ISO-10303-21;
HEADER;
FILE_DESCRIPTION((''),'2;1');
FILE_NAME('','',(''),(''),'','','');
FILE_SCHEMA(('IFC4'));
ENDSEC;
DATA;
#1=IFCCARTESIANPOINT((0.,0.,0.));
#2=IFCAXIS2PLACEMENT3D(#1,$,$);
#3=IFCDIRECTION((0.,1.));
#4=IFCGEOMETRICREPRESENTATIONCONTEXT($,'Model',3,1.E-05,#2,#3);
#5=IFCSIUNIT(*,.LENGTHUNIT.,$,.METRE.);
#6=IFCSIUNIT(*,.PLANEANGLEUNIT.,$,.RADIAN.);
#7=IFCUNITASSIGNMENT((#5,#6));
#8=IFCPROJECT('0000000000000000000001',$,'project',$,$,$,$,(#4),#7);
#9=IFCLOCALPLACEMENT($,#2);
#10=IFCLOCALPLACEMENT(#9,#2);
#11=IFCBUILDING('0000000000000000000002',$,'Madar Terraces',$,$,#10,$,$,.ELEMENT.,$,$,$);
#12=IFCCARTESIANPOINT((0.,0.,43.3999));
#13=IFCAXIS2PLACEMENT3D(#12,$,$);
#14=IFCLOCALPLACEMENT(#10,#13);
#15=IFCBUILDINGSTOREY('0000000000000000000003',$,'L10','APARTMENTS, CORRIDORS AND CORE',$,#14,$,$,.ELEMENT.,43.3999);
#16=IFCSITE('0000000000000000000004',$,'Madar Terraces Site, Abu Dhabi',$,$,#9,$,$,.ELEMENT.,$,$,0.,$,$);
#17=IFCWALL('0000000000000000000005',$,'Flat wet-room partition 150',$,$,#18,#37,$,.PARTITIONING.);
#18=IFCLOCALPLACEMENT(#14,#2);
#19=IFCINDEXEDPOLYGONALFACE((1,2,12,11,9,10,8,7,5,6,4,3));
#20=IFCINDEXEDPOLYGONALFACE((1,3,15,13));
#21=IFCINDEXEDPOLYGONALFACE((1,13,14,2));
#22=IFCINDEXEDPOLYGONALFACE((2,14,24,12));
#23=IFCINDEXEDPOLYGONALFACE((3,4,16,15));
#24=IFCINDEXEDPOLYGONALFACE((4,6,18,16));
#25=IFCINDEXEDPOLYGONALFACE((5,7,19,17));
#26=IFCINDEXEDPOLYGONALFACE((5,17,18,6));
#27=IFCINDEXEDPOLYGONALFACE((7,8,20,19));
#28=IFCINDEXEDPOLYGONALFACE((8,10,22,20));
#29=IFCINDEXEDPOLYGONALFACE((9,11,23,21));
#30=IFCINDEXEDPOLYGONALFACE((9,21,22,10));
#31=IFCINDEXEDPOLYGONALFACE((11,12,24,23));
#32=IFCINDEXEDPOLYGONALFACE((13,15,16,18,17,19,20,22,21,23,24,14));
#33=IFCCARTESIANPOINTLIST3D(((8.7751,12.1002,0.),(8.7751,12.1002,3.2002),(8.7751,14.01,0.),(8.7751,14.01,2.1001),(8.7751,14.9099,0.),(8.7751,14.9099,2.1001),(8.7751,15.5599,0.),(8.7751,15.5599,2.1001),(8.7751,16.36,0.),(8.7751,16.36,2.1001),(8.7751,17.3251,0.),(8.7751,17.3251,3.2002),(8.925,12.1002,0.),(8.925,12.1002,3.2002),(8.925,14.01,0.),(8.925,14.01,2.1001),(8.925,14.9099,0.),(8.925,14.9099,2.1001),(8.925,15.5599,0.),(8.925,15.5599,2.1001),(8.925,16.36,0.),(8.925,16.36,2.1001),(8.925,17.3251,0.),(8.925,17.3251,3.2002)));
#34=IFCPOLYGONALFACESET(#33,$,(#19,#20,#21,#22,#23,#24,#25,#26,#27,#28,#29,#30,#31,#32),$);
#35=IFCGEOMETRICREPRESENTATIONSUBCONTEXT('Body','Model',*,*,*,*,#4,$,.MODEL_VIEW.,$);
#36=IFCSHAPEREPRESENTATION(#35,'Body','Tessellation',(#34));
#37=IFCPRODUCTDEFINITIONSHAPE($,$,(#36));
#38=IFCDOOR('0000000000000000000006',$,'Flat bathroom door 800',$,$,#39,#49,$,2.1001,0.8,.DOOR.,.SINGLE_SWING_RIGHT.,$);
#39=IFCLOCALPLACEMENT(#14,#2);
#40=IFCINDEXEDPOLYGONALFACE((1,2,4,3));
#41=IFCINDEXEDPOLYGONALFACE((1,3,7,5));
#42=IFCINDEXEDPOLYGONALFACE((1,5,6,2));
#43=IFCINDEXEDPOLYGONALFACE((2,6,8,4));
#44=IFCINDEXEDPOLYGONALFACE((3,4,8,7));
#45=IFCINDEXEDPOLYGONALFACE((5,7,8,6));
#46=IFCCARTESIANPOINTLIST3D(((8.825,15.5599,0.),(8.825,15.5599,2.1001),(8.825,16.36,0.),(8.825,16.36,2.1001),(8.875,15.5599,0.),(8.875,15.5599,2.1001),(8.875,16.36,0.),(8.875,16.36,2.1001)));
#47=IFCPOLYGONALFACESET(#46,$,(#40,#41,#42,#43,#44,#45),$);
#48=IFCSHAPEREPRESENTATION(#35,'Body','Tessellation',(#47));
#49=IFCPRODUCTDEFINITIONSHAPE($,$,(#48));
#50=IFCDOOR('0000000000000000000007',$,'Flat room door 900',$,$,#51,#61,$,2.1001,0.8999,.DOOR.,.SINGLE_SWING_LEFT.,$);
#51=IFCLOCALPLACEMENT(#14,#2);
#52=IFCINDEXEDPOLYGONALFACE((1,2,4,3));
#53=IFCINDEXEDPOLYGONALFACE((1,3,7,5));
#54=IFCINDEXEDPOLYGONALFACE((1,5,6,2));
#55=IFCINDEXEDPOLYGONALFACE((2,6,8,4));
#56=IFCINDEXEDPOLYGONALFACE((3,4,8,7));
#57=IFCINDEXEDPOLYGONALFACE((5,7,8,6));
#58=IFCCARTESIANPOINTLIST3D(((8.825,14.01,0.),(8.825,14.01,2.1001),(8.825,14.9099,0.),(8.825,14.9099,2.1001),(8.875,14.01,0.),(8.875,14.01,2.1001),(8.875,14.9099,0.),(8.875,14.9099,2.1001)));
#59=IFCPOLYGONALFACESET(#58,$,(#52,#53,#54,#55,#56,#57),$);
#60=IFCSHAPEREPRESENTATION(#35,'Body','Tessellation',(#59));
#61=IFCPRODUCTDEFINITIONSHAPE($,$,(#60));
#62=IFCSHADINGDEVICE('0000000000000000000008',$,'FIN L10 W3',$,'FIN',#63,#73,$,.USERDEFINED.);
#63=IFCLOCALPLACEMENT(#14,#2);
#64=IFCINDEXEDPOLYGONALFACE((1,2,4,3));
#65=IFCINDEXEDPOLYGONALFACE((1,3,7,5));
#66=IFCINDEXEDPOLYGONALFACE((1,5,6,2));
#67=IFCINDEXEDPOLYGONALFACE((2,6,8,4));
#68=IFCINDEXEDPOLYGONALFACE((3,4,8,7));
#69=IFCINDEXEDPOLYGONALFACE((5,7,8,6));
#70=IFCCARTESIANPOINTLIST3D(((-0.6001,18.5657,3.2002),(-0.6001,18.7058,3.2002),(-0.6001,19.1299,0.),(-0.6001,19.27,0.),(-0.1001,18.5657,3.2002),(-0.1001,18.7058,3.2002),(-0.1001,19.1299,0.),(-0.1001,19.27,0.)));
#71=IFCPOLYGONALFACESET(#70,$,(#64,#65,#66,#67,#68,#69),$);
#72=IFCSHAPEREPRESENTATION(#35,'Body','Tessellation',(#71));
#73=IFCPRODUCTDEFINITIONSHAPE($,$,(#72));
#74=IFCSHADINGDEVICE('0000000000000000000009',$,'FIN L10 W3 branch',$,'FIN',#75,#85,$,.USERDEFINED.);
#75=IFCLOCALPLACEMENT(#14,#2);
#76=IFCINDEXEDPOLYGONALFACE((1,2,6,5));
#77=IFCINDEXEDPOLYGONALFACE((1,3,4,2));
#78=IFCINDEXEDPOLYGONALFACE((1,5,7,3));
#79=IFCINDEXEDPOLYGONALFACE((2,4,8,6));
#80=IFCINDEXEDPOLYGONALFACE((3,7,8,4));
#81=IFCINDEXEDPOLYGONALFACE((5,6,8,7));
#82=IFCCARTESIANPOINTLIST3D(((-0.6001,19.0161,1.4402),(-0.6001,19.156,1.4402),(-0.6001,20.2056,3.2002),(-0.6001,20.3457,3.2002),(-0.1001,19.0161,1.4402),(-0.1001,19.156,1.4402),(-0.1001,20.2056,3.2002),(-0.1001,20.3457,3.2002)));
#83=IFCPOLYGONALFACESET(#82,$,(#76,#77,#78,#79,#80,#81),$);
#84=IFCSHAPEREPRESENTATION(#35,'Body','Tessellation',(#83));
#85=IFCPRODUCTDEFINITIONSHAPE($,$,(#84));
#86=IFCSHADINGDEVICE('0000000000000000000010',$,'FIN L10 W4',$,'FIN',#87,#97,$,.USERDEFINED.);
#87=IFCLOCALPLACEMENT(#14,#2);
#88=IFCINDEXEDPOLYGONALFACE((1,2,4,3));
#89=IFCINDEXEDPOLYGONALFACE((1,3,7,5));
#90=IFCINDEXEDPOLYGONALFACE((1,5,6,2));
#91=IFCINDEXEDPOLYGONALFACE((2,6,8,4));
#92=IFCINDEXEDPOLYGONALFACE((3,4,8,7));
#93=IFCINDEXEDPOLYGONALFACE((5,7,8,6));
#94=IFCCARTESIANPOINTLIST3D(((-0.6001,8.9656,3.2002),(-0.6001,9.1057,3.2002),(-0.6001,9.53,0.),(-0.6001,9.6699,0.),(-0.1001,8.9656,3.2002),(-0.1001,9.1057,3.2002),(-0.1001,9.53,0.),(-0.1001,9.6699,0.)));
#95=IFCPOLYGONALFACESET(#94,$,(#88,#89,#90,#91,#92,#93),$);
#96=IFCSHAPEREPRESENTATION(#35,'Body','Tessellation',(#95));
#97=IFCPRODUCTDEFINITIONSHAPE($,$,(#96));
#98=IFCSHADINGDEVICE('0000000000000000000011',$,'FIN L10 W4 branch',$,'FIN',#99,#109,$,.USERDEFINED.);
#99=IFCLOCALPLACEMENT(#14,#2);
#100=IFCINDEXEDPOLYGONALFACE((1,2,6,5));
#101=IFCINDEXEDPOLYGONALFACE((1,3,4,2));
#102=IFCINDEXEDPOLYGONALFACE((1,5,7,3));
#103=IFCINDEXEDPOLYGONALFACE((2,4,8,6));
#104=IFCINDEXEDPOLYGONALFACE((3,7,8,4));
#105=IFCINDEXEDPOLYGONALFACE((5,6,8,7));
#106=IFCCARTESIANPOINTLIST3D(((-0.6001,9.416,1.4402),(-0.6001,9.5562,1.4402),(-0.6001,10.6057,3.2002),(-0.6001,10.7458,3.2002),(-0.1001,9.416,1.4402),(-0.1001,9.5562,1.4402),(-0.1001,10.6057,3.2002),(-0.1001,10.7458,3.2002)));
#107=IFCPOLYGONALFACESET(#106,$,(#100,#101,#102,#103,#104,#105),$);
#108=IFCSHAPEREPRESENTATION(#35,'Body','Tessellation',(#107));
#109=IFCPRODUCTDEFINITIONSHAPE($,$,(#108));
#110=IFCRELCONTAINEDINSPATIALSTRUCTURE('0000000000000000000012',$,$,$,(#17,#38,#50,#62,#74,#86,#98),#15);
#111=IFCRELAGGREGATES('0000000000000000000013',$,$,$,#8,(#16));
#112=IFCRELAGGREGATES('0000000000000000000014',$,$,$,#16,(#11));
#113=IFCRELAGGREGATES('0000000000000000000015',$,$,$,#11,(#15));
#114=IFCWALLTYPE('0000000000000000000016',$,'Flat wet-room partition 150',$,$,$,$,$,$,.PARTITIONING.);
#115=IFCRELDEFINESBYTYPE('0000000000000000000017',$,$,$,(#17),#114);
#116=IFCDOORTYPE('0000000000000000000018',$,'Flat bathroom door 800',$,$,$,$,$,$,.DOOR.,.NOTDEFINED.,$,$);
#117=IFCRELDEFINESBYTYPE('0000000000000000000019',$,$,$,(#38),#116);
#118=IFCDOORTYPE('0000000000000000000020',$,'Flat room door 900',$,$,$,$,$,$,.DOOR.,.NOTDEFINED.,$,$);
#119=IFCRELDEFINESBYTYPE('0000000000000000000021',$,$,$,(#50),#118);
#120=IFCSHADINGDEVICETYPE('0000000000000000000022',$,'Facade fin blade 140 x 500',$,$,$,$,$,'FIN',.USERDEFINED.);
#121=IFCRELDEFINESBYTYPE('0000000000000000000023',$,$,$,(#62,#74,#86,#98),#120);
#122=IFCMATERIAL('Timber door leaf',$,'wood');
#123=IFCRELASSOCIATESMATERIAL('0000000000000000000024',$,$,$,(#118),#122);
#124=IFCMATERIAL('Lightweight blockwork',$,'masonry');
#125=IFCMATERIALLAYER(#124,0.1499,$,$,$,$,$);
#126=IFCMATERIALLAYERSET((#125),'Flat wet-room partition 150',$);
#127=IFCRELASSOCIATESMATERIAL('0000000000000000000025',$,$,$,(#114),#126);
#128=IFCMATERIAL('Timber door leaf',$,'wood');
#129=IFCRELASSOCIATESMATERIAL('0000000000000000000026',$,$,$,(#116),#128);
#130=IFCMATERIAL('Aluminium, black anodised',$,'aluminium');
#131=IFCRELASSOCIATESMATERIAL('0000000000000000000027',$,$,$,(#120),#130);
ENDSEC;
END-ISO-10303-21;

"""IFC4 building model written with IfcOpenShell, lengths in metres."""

from ifc_helpers import new_model, si_unit, direction, frame, frame_2d, origin, place, context, subcontext, project, spatial, polyline, rectangle, outline, extrude, material, layer, layer_set, type_object, element, fill, save


model = new_model("IFC4")

# Units and contexts
model_context = context("Model", 3, precision=1e-05, world=origin(), true_north=direction((0.0, 1.0)))
body_context = subcontext(model_context, "Body", "Model", "MODEL_VIEW")
ifc_project = project(units=[si_unit("LENGTHUNIT", "METRE"), si_unit("PLANEANGLEUNIT", "RADIAN")], contexts=[model_context])

# Site, building, storey
site_placement = place(None, origin())
site = spatial("IfcSite", under=ifc_project, at=site_placement, Name="Madar Terraces Site, Abu Dhabi", CompositionType="ELEMENT", RefElevation=0.0)
building_placement = place(site_placement, origin())
building = spatial("IfcBuilding", under=site, at=building_placement, Name="Madar Terraces", CompositionType="ELEMENT")
storey_placement = place(building_placement, frame((0.0, 0.0, 43.3999)))
storey = spatial("IfcBuildingStorey", under=building, at=storey_placement, Name="L10", Description="APARTMENTS, CORRIDORS AND CORE", CompositionType="ELEMENT", Elevation=43.3999)

# Shared definitions
ifc_material_1 = material(Name="Timber door leaf", Category="wood")
door_type_1 = type_object("IfcDoorType", Name="Flat room door 900", OperationType="NOTDEFINED", PredefinedType="DOOR", material=ifc_material_1)

# Shared definitions
ifc_material_2 = material(Name="Lightweight blockwork", Category="masonry")
ifc_layer_1 = layer(ifc_material_2, 0.1499)
ifc_layer_set_1 = layer_set([ifc_layer_1], Name="Flat wet-room partition 150")
wall_type_1 = type_object("IfcWallType", Name="Flat wet-room partition 150", PredefinedType="PARTITIONING", material=ifc_layer_set_1)

# Wall, openings, doors
ifc_material_3 = material(Name="Timber door leaf", Category="wood")
door_type_2 = type_object("IfcDoorType", Name="Flat bathroom door 800", OperationType="NOTDEFINED", PredefinedType="DOOR", material=ifc_material_3)
wall_1_placement = place(storey_placement, frame((8.8501, 17.325, 0.0), z_axis=(0.0, 0.0, 1.0), x_axis=(0.0, -1.0, 0.0)))
wall_1 = element("IfcWall", 1, at=wall_1_placement, inside=storey, type_object=wall_type_1, Name="Flat wet-room partition 150", PredefinedType="PARTITIONING", context=body_context, shape_type="SweptSolid", body=[
    extrude(rectangle(XDim=5.2249, YDim=0.1499, at=frame_2d((2.6123, 0.0))), origin(), (0.0, 0.0, 1.0), 3.2002),
])
opening_1_placement = place(wall_1_placement, frame((0.9651, 0.0, 0.0)))
opening_1 = element("IfcOpeningElement", 2, at=opening_1_placement, cuts=wall_1, PredefinedType="OPENING", context=body_context, shape_type="SweptSolid", body=[
    extrude(rectangle(XDim=0.8, YDim=2.1001, at=frame_2d((0.3999, 1.05))), frame((0.0, 0.085, 0.0), z_axis=(0.0, -1.0, 0.0), x_axis=(1.0, 0.0, 0.0)), (0.0, 0.0, 1.0), 0.1699),
])
opening_2_placement = place(wall_1_placement, frame((2.415, 0.0, 0.0)))
opening_2 = element("IfcOpeningElement", 3, at=opening_2_placement, cuts=wall_1, PredefinedType="OPENING", context=body_context, shape_type="SweptSolid", body=[
    extrude(rectangle(XDim=0.8999, YDim=2.1001, at=frame_2d((0.45, 1.05))), frame((0.0, 0.085, 0.0), z_axis=(0.0, -1.0, 0.0), x_axis=(1.0, 0.0, 0.0)), (0.0, 0.0, 1.0), 0.1699),
])
door_1_placement = place(opening_1_placement, origin())
door_1 = element("IfcDoor", 4, at=door_1_placement, inside=storey, type_object=door_type_2, Name="Flat bathroom door 800", OperationType="SINGLE_SWING_RIGHT", OverallHeight=2.1001, OverallWidth=0.8, PredefinedType="DOOR", context=body_context, shape_type="SweptSolid", body=[
    extrude(rectangle(XDim=0.8, YDim=2.1001, at=frame_2d((0.3999, 1.05))), frame((0.0, 0.0249, 0.0), z_axis=(0.0, -1.0, 0.0), x_axis=(1.0, 0.0, 0.0)), (0.0, 0.0, 1.0), 0.05),
])
fill(opening_1, door_1)
door_2_placement = place(opening_2_placement, origin())
door_2 = element("IfcDoor", 5, at=door_2_placement, inside=storey, type_object=door_type_1, Name="Flat room door 900", OperationType="SINGLE_SWING_LEFT", OverallHeight=2.1001, OverallWidth=0.8999, PredefinedType="DOOR", context=body_context, shape_type="SweptSolid", body=[
    extrude(rectangle(XDim=0.8999, YDim=2.1001, at=frame_2d((0.45, 1.05))), frame((0.0, 0.0249, 0.0), z_axis=(0.0, -1.0, 0.0), x_axis=(1.0, 0.0, 0.0)), (0.0, 0.0, 1.0), 0.05),
])
fill(opening_2, door_2)

# Shading devices
ifc_material_4 = material(Name="Aluminium, black anodised", Category="aluminium")
shading_device_type = type_object("IfcShadingDeviceType", Name="Facade fin blade 140 x 500", ElementType="FIN", PredefinedType="USERDEFINED", material=ifc_material_4)
shading_device_1_placement = place(storey_placement, frame((-0.3501, 19.27, 0.0), z_axis=(0.0, 0.0, 1.0), x_axis=(0.0, -1.0, 0.0)))
element("IfcShadingDevice", 6, at=shading_device_1_placement, inside=storey, type_object=shading_device_type, Name="FIN L10 W3", ObjectType="FIN", PredefinedType="USERDEFINED", context=body_context, shape_type="SweptSolid", body=[
    extrude(outline(polyline([(0.0, 0.0), (0.1401, 0.0), (0.7043, 3.2002), (0.5642, 3.2002), (0.0, 0.0)])), frame((0.0, 0.25, 0.0), z_axis=(0.0, -1.0, 0.0), x_axis=(1.0, 0.0, 0.0)), (0.0, 0.0, 1.0), 0.5),
])
shading_device_2_placement = place(storey_placement, frame((-0.3501, 19.156, 1.4402), z_axis=(0.0, 0.0, 1.0), x_axis=(0.0, -1.0, 0.0)))
element("IfcShadingDevice", 7, at=shading_device_2_placement, inside=storey, type_object=shading_device_type, Name="FIN L10 W3 branch", ObjectType="FIN", PredefinedType="USERDEFINED", context=body_context, shape_type="SweptSolid", body=[
    extrude(outline(polyline([(0.0, 0.0), (0.1399, 0.0), (-1.0496, 1.76), (-1.1897, 1.76), (0.0, 0.0)])), frame((0.0, 0.25, 0.0), z_axis=(0.0, -1.0, 0.0), x_axis=(1.0, 0.0, 0.0)), (0.0, 0.0, 1.0), 0.5),
])
shading_device_3_placement = place(storey_placement, frame((-0.3501, 9.6699, 0.0), z_axis=(0.0, 0.0, 1.0), x_axis=(0.0, -1.0, 0.0)))
element("IfcShadingDevice", 8, at=shading_device_3_placement, inside=storey, type_object=shading_device_type, Name="FIN L10 W4", ObjectType="FIN", PredefinedType="USERDEFINED", context=body_context, shape_type="SweptSolid", body=[
    extrude(outline(polyline([(0.0, 0.0), (0.1399, 0.0), (0.7043, 3.2002), (0.5642, 3.2002), (0.0, 0.0)])), frame((0.0, 0.25, 0.0), z_axis=(0.0, -1.0, 0.0), x_axis=(1.0, 0.0, 0.0)), (0.0, 0.0, 1.0), 0.5),
])
shading_device_4_placement = place(storey_placement, frame((-0.3501, 9.5562, 1.4402), z_axis=(0.0, 0.0, 1.0), x_axis=(0.0, -1.0, 0.0)))
element("IfcShadingDevice", 9, at=shading_device_4_placement, inside=storey, type_object=shading_device_type, Name="FIN L10 W4 branch", ObjectType="FIN", PredefinedType="USERDEFINED", context=body_context, shape_type="SweptSolid", body=[
    extrude(outline(polyline([(0.0, 0.0), (0.1401, 0.0), (-1.0496, 1.76), (-1.1897, 1.76), (0.0, 0.0)])), frame((0.0, 0.25, 0.0), z_axis=(0.0, -1.0, 0.0), x_axis=(1.0, 0.0, 0.0)), (0.0, 0.0, 1.0), 0.5),
])

save(model, "model.ifc")
